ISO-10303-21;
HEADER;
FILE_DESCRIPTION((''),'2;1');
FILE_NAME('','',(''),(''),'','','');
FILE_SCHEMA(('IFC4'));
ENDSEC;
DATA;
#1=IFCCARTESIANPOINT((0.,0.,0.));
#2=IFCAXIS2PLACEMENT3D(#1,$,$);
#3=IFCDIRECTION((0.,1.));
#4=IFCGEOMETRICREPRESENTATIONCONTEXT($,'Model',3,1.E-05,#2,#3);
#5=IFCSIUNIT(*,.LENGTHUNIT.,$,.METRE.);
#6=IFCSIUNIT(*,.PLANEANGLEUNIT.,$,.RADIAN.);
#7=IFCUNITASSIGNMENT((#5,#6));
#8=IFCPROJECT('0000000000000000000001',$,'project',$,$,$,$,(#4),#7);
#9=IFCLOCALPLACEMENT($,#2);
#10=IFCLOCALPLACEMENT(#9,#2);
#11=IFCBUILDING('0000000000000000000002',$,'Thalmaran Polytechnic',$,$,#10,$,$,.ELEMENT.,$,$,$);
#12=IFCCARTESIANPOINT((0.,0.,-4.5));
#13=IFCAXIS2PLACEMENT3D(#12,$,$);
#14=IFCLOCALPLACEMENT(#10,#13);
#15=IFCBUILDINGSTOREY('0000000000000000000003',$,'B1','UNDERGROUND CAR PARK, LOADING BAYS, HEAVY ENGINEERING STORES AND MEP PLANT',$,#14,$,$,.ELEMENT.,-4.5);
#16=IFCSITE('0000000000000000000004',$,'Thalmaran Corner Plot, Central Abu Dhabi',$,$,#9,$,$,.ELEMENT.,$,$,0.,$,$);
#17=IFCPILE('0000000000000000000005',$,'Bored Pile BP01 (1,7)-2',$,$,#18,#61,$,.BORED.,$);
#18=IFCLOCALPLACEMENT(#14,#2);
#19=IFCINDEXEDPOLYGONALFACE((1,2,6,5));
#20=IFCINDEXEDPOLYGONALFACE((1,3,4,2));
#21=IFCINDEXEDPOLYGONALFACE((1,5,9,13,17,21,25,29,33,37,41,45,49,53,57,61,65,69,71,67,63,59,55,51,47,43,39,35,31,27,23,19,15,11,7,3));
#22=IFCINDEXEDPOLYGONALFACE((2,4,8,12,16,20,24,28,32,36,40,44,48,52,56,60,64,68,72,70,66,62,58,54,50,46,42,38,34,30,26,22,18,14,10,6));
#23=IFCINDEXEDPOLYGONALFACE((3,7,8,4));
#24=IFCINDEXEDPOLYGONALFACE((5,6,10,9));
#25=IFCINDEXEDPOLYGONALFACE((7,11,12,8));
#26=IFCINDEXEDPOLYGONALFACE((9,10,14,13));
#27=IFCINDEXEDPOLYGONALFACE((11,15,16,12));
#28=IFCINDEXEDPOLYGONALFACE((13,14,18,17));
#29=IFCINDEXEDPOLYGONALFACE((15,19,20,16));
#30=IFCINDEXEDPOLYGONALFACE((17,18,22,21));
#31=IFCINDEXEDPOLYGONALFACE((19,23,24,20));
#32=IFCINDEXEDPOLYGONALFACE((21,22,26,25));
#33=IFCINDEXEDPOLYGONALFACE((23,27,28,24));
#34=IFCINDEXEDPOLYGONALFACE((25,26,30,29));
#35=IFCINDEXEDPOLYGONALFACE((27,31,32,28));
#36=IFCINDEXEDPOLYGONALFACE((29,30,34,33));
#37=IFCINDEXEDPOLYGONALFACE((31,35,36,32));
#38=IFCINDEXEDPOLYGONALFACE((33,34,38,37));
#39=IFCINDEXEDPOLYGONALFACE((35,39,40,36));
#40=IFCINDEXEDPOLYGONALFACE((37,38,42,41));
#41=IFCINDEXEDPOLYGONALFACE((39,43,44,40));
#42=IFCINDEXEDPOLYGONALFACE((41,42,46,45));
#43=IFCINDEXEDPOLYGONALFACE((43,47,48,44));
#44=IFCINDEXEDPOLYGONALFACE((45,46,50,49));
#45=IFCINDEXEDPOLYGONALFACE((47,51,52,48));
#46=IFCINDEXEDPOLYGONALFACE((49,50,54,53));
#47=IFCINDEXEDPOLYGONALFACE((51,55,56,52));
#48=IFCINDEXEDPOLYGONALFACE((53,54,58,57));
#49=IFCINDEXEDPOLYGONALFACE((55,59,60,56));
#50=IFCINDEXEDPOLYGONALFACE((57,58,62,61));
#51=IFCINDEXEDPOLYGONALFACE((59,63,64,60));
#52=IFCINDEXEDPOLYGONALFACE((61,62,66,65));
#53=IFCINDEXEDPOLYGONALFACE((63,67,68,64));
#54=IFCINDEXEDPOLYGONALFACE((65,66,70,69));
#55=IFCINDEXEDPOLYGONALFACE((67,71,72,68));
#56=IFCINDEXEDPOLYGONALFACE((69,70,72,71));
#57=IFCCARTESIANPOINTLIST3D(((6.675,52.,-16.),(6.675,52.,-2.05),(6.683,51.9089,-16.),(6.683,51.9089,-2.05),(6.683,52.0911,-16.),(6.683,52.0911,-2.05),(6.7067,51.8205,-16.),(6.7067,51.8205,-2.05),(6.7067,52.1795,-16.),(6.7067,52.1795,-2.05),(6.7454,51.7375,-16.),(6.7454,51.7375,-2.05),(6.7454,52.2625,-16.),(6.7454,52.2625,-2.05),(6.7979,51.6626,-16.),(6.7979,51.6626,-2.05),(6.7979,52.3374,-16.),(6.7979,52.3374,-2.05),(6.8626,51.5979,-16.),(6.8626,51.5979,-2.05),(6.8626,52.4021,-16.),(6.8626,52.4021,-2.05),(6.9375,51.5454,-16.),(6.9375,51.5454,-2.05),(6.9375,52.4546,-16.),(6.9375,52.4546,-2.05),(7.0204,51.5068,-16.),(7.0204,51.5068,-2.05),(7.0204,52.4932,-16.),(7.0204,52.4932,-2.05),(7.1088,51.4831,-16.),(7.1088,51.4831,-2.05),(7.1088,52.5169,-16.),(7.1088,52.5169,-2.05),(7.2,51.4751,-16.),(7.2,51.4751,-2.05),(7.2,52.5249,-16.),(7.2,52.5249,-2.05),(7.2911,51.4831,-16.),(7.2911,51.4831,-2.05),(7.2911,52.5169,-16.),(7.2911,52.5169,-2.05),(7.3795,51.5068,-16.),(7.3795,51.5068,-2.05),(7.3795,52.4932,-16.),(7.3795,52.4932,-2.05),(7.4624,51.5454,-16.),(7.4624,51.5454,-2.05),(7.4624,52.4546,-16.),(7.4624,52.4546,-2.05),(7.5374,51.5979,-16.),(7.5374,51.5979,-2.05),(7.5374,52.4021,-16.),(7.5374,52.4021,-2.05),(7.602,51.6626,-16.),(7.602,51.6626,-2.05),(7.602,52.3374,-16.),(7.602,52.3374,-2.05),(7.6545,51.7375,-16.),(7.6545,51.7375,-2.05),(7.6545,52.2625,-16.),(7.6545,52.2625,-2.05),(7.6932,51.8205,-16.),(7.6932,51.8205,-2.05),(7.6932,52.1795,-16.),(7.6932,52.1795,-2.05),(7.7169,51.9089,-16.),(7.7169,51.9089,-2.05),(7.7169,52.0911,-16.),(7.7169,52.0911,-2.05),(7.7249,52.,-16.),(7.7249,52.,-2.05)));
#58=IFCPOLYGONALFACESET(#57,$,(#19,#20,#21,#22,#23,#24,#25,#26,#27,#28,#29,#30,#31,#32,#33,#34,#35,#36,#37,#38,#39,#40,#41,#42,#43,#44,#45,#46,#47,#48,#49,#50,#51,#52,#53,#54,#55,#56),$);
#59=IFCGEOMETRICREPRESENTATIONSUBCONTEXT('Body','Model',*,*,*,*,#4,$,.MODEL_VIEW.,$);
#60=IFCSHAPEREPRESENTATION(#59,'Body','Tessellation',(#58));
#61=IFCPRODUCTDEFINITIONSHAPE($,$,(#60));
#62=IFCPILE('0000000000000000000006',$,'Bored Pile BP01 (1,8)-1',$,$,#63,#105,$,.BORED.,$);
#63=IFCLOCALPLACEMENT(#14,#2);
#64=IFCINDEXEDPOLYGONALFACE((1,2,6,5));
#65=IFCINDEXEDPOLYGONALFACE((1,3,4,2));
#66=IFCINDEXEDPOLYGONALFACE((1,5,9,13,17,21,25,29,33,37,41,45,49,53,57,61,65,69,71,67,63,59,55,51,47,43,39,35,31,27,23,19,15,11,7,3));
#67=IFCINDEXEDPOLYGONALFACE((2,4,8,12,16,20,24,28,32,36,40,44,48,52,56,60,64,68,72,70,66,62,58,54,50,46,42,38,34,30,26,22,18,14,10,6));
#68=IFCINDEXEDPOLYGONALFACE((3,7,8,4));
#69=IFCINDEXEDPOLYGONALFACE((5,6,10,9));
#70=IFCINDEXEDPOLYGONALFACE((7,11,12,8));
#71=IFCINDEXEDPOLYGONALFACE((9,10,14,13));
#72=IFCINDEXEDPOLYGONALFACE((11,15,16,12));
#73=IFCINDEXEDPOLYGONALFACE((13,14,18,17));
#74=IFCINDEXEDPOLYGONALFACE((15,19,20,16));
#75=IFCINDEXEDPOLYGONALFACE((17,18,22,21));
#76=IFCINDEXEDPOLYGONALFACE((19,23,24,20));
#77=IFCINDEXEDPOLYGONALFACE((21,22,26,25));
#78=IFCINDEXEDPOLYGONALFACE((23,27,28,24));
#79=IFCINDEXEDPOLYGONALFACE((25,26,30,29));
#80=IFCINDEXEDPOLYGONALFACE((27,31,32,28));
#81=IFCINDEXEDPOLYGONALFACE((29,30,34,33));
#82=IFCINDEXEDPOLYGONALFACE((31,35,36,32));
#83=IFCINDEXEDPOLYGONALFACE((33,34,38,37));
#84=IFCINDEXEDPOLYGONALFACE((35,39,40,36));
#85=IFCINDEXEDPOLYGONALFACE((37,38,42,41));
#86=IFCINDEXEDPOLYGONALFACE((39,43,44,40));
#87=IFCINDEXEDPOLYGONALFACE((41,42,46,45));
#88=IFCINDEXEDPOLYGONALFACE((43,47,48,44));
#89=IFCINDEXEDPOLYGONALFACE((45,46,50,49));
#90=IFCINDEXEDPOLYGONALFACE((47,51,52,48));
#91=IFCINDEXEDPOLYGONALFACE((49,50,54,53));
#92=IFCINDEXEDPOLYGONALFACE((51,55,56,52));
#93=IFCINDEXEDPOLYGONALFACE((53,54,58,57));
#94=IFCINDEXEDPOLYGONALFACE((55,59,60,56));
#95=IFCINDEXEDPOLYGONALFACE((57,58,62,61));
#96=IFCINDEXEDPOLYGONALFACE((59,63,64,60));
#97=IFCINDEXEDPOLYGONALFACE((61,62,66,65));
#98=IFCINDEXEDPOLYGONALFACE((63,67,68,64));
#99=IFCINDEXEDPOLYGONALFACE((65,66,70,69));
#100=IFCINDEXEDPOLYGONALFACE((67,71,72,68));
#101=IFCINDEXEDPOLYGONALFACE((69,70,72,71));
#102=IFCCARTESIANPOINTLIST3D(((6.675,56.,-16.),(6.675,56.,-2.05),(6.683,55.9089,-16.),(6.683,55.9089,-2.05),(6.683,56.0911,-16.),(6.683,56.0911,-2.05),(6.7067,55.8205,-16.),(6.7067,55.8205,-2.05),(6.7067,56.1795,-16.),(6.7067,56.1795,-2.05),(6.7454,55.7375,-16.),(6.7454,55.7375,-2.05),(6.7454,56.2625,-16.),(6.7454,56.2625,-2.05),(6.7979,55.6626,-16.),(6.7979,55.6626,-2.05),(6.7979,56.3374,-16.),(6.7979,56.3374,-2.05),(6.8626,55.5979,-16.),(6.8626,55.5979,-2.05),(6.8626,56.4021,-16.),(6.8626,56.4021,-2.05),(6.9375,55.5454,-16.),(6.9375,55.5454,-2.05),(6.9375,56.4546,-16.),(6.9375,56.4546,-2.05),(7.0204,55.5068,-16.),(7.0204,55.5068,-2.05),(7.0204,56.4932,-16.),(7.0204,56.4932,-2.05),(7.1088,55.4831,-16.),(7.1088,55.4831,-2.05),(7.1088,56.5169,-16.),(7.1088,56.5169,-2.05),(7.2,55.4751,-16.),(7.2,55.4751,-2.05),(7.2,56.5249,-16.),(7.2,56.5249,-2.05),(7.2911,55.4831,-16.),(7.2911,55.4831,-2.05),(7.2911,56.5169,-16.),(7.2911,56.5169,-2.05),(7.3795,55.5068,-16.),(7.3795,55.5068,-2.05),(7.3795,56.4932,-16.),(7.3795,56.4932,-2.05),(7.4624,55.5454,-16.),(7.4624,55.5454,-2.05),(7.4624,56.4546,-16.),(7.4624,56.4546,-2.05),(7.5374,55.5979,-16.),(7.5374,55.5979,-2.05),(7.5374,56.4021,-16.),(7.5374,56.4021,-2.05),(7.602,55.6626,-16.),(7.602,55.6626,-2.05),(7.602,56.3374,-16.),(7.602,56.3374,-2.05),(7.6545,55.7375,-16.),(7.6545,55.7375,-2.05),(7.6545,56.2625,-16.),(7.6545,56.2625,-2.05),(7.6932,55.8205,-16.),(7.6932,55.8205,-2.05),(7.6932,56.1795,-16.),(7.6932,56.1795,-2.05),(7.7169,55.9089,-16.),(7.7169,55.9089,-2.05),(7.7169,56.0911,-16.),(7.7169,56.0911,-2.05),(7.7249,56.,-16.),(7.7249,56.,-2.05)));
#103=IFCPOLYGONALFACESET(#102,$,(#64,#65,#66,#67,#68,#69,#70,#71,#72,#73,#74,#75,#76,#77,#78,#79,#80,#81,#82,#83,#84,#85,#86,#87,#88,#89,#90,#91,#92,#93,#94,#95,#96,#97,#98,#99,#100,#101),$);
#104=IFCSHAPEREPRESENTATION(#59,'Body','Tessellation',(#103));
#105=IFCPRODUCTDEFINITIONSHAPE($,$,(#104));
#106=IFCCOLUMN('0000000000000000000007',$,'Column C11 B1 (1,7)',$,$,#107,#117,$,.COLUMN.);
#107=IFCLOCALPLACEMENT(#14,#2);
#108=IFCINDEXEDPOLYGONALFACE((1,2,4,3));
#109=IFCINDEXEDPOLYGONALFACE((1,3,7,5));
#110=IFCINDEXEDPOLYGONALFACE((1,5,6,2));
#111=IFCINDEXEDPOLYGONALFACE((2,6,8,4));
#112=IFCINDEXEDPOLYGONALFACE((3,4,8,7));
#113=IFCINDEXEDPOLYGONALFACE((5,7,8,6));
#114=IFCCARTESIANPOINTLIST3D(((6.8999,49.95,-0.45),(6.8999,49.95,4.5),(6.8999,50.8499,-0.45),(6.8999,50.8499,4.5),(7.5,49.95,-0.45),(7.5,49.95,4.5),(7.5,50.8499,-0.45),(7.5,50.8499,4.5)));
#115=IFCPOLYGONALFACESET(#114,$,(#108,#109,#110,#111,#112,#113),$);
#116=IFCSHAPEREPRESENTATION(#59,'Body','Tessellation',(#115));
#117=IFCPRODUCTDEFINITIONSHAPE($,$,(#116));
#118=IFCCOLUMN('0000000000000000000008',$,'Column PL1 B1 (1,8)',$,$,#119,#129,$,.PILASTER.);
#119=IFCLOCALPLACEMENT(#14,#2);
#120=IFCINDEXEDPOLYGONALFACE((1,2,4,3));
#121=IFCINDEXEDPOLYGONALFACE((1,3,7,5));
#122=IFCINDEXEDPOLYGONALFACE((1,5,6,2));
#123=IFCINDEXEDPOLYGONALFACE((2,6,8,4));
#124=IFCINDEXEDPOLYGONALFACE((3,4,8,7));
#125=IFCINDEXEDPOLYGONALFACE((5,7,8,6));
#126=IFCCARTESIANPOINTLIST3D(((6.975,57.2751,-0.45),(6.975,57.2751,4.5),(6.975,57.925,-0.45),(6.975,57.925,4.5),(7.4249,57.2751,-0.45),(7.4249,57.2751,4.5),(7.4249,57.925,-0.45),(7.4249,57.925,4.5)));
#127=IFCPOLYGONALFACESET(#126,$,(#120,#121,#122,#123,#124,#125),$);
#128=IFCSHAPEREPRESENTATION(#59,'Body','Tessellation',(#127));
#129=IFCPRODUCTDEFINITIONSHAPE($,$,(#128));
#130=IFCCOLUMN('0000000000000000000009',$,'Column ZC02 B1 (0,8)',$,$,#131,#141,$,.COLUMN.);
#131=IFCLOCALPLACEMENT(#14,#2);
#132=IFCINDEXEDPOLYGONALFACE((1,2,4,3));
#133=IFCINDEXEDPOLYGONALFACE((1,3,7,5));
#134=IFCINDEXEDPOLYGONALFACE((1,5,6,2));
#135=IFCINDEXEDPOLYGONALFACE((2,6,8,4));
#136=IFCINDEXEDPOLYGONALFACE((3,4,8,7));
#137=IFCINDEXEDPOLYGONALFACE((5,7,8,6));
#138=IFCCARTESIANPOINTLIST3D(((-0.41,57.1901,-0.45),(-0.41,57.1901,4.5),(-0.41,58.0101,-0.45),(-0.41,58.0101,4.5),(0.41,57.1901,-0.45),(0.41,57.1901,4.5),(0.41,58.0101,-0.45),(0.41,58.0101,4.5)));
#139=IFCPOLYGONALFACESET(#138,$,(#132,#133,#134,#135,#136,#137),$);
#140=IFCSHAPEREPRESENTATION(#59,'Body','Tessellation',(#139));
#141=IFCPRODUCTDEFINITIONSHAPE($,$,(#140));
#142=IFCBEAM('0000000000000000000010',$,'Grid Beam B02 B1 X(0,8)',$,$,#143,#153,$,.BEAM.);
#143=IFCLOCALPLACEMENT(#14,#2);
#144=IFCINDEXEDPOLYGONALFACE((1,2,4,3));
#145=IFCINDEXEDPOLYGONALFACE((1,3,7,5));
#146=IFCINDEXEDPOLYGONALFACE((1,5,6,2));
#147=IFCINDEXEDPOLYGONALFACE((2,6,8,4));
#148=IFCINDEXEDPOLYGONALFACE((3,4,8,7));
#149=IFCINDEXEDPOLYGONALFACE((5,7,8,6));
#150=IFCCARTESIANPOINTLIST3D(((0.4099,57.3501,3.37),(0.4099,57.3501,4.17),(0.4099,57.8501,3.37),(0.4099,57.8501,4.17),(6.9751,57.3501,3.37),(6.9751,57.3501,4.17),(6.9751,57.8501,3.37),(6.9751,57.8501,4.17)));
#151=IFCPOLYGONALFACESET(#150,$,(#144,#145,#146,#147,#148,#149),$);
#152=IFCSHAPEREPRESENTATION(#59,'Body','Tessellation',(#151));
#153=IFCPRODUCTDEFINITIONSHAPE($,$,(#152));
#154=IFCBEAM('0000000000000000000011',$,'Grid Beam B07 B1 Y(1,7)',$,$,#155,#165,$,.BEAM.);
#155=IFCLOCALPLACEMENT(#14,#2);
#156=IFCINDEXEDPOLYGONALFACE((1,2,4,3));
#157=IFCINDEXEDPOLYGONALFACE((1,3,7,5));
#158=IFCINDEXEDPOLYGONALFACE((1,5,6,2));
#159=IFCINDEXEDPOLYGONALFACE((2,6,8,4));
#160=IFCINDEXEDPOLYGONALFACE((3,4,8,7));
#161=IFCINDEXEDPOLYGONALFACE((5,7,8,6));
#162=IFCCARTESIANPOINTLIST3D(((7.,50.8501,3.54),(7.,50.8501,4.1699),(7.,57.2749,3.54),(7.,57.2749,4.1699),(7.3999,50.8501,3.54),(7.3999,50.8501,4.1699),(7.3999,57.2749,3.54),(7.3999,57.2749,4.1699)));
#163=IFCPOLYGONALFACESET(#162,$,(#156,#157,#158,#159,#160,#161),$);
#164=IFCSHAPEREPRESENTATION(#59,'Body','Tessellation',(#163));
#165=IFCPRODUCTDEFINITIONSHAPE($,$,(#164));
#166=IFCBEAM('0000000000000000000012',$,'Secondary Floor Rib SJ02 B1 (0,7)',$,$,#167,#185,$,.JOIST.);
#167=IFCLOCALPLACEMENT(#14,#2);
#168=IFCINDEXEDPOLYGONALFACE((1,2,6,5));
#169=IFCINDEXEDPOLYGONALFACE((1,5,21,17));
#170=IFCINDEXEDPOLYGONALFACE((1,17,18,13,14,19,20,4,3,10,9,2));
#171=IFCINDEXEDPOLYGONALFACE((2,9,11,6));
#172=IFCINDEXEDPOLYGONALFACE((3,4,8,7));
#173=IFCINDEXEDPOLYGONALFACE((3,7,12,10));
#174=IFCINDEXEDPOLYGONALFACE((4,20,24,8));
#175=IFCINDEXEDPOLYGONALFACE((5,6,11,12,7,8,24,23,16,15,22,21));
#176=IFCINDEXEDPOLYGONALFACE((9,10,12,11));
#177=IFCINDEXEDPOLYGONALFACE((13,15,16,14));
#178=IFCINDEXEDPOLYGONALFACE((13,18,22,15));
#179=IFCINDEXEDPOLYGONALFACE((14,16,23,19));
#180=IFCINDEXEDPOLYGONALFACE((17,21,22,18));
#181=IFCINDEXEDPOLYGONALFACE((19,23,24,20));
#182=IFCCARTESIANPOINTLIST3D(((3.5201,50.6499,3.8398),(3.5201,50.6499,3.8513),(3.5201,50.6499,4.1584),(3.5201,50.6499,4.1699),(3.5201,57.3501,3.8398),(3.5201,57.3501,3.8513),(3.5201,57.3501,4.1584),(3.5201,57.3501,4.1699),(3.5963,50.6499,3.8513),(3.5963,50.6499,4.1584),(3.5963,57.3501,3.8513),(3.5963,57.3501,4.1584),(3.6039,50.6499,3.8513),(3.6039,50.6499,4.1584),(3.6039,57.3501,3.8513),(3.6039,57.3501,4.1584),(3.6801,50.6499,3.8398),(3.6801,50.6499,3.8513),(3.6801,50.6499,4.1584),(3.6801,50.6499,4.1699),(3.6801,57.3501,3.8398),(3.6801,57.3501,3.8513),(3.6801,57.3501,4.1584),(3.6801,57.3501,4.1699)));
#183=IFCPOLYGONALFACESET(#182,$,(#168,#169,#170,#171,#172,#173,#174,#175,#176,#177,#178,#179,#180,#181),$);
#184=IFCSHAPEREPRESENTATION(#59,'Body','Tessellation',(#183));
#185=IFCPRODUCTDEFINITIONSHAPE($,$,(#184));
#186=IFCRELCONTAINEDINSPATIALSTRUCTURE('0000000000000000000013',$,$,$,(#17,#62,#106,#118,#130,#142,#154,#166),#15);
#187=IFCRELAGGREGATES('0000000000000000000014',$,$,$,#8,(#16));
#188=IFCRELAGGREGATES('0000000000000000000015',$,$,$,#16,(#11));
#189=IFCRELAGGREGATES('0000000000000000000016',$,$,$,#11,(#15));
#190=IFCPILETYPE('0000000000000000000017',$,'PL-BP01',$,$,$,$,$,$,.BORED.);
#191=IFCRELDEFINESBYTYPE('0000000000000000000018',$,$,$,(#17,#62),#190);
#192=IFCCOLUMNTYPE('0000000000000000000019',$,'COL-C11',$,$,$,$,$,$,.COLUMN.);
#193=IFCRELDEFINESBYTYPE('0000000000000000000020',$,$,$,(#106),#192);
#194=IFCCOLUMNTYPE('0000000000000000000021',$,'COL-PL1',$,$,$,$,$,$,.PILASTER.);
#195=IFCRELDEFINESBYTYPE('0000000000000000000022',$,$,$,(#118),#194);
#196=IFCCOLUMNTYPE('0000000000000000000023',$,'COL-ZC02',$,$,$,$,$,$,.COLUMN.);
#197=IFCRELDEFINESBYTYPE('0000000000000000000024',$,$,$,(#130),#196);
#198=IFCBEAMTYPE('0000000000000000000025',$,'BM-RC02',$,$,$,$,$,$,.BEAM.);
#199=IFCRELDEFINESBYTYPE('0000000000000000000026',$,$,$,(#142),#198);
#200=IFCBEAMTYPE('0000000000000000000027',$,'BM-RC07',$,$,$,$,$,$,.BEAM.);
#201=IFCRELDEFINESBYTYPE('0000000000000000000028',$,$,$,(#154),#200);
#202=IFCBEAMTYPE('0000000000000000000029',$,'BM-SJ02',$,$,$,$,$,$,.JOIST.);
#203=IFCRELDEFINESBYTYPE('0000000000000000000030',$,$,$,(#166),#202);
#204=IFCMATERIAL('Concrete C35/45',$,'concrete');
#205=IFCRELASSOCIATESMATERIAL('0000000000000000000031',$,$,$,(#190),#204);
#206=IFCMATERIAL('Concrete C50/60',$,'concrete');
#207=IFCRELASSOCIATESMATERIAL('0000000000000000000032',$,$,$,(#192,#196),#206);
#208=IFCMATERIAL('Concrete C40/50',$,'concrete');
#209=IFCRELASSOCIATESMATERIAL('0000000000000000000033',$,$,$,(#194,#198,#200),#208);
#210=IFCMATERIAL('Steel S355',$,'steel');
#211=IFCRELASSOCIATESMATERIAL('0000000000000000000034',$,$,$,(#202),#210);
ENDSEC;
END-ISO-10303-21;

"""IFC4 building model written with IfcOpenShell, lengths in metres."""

from ifc_helpers import new_model, si_unit, direction, frame, origin, origin_2d, place, context, subcontext, project, spatial, rectangle, circle, i_section, extrude, material, material_profile, profile_set, type_object, element, save


model = new_model("IFC4")

# Units and contexts
model_context = context("Model", 3, precision=1e-05, world=origin(), true_north=direction((0.0, 1.0)))
body_context = subcontext(model_context, "Body", "Model", "MODEL_VIEW")
ifc_project = project(units=[si_unit("LENGTHUNIT", "METRE"), si_unit("PLANEANGLEUNIT", "RADIAN")], contexts=[model_context])

# Site, building, storey
site_placement = place(None, origin())
site = spatial("IfcSite", under=ifc_project, at=site_placement, Name="Thalmaran Corner Plot, Central Abu Dhabi", CompositionType="ELEMENT", RefElevation=0.0)
building_placement = place(site_placement, origin())
building = spatial("IfcBuilding", under=site, at=building_placement, Name="Thalmaran Polytechnic", CompositionType="ELEMENT")
storey_placement = place(building_placement, frame((0.0, 0.0, -4.5)))
storey = spatial("IfcBuildingStorey", under=building, at=storey_placement, Name="B1", Description="UNDERGROUND CAR PARK, LOADING BAYS, HEAVY ENGINEERING STORES AND MEP PLANT", CompositionType="ELEMENT", Elevation=-4.5)

# Shared definitions
ifc_material_1 = material(Name="Concrete C40/50", Category="concrete")

# Piles
ifc_material_2 = material(Name="Concrete C35/45", Category="concrete")
ifc_material_profile_1 = material_profile(ifc_material_2, circle(Radius=0.5249, at=origin_2d()), Name="RC 1050 DIA")
ifc_profile_set_1 = profile_set([ifc_material_profile_1], Name="Concrete C35/45")
pile_type = type_object("IfcPileType", Name="PL-BP01", PredefinedType="BORED", material=ifc_profile_set_1)
for number, where, z_axis, x_axis, name in (
    (1, (7.2, 52.0, -2.05), (0.0, 0.0, -1.0), (1.0, 0.0, 0.0), "Bored Pile BP01 (1,7)-2"),
    (2, (7.2, 56.0, -2.05), (0.0, 0.0, -1.0), (1.0, 0.0, 0.0), "Bored Pile BP01 (1,8)-1"),
):
    element("IfcPile", number, at=place(storey_placement, frame(where, z_axis=z_axis, x_axis=x_axis)), inside=storey, type_object=pile_type, Name=name, PredefinedType="BORED", context=body_context, shape_type="SweptSolid", body=[
        extrude(circle(Radius=0.5249, at=origin_2d()), origin(), (0.0, 0.0, 1.0), 13.95),
    ])

# Columns
ifc_material_3 = material(Name="Concrete C50/60", Category="concrete")
ifc_material_profile_2 = material_profile(ifc_material_3, rectangle(XDim=0.6001, YDim=0.8999, at=origin_2d()), Name="RC 600x900")
ifc_profile_set_2 = profile_set([ifc_material_profile_2], Name="Concrete C50/60")
column_type_1 = type_object("IfcColumnType", Name="COL-C11", PredefinedType="COLUMN", material=ifc_profile_set_2)
column_1_placement = place(storey_placement, frame((7.2, 50.3999, -0.45), z_axis=(0.0, 0.0, 1.0), x_axis=(1.0, 0.0, 0.0)))
element("IfcColumn", 3, at=column_1_placement, inside=storey, type_object=column_type_1, Name="Column C11 B1 (1,7)", PredefinedType="COLUMN", context=body_context, shape_type="SweptSolid", body=[
    extrude(rectangle(XDim=0.6001, YDim=0.8999, at=origin_2d()), origin(), (0.0, 0.0, 1.0), 4.95),
])
ifc_material_profile_3 = material_profile(ifc_material_1, rectangle(XDim=0.45, YDim=0.6499, at=origin_2d()), Name="RC 450x650")
ifc_profile_set_3 = profile_set([ifc_material_profile_3], Name="Concrete C40/50")
column_type_2 = type_object("IfcColumnType", Name="COL-PL1", PredefinedType="PILASTER", material=ifc_profile_set_3)
column_2_placement = place(storey_placement, frame((7.2, 57.6001, -0.45), z_axis=(0.0, 0.0, 1.0), x_axis=(1.0, 0.0, 0.0)))
element("IfcColumn", 4, at=column_2_placement, inside=storey, type_object=column_type_2, Name="Column PL1 B1 (1,8)", PredefinedType="PILASTER", context=body_context, shape_type="SweptSolid", body=[
    extrude(rectangle(XDim=0.45, YDim=0.6499, at=origin_2d()), origin(), (0.0, 0.0, 1.0), 4.95),
])
ifc_material_profile_4 = material_profile(ifc_material_3, rectangle(XDim=0.8201, YDim=0.8201, at=origin_2d()), Name="RC 820x820")
ifc_profile_set_4 = profile_set([ifc_material_profile_4], Name="Concrete C50/60")
column_type_3 = type_object("IfcColumnType", Name="COL-ZC02", PredefinedType="COLUMN", material=ifc_profile_set_4)
column_3_placement = place(storey_placement, frame((0.0, 57.6001, -0.45), z_axis=(0.0, 0.0, 1.0), x_axis=(1.0, 0.0, 0.0)))
element("IfcColumn", 5, at=column_3_placement, inside=storey, type_object=column_type_3, Name="Column ZC02 B1 (0,8)", PredefinedType="COLUMN", context=body_context, shape_type="SweptSolid", body=[
    extrude(rectangle(XDim=0.8201, YDim=0.8201, at=origin_2d()), origin(), (0.0, 0.0, 1.0), 4.95),
])

# Beams
ifc_material_profile_5 = material_profile(ifc_material_1, rectangle(XDim=0.5, YDim=0.8, at=origin_2d()), Name="RC 500x800")
ifc_profile_set_5 = profile_set([ifc_material_profile_5], Name="Concrete C40/50")
beam_type_1 = type_object("IfcBeamType", Name="BM-RC02", PredefinedType="BEAM", material=ifc_profile_set_5)
beam_1_placement = place(storey_placement, frame((0.4099, 57.6001, 3.77), z_axis=(1.0, 0.0, 0.0), x_axis=(0.0, 1.0, 0.0)))
element("IfcBeam", 6, at=beam_1_placement, inside=storey, type_object=beam_type_1, Name="Grid Beam B02 B1 X(0,8)", PredefinedType="BEAM", context=body_context, shape_type="SweptSolid", body=[
    extrude(rectangle(XDim=0.5, YDim=0.8, at=origin_2d()), origin(), (0.0, 0.0, 1.0), 6.5652),
])
ifc_material_profile_6 = material_profile(ifc_material_1, rectangle(XDim=0.3999, YDim=0.6299, at=origin_2d()), Name="RC 400x630")
ifc_profile_set_6 = profile_set([ifc_material_profile_6], Name="Concrete C40/50")
beam_type_2 = type_object("IfcBeamType", Name="BM-RC07", PredefinedType="BEAM", material=ifc_profile_set_6)
beam_2_placement = place(storey_placement, frame((7.2, 50.8501, 3.855), z_axis=(0.0, 1.0, 0.0), x_axis=(-1.0, 0.0, 0.0)))
element("IfcBeam", 7, at=beam_2_placement, inside=storey, type_object=beam_type_2, Name="Grid Beam B07 B1 Y(1,7)", PredefinedType="BEAM", context=body_context, shape_type="SweptSolid", body=[
    extrude(rectangle(XDim=0.3999, YDim=0.6299, at=origin_2d()), origin(), (0.0, 0.0, 1.0), 6.4248),
])
ifc_material_4 = material(Name="Steel S355", Category="steel")
ifc_material_profile_7 = material_profile(ifc_material_4, i_section(OverallWidth=0.1599, OverallDepth=0.3301, WebThickness=0.0076, FlangeThickness=0.0115, at=origin_2d()), Name="IPE 330")
ifc_profile_set_7 = profile_set([ifc_material_profile_7], Name="Steel S355")
beam_type_3 = type_object("IfcBeamType", Name="BM-SJ02", PredefinedType="JOIST", material=ifc_profile_set_7)
beam_3_placement = place(storey_placement, frame((3.6001, 50.6499, 4.0049), z_axis=(0.0, 1.0, 0.0), x_axis=(-1.0, 0.0, 0.0)))
element("IfcBeam", 8, at=beam_3_placement, inside=storey, type_object=beam_type_3, Name="Secondary Floor Rib SJ02 B1 (0,7)", PredefinedType="JOIST", context=body_context, shape_type="SweptSolid", body=[
    extrude(i_section(OverallWidth=0.1599, OverallDepth=0.3301, WebThickness=0.0076, FlangeThickness=0.0115, at=origin_2d()), origin(), (0.0, 0.0, 1.0), 6.7002),
])

save(model, "model.ifc")
